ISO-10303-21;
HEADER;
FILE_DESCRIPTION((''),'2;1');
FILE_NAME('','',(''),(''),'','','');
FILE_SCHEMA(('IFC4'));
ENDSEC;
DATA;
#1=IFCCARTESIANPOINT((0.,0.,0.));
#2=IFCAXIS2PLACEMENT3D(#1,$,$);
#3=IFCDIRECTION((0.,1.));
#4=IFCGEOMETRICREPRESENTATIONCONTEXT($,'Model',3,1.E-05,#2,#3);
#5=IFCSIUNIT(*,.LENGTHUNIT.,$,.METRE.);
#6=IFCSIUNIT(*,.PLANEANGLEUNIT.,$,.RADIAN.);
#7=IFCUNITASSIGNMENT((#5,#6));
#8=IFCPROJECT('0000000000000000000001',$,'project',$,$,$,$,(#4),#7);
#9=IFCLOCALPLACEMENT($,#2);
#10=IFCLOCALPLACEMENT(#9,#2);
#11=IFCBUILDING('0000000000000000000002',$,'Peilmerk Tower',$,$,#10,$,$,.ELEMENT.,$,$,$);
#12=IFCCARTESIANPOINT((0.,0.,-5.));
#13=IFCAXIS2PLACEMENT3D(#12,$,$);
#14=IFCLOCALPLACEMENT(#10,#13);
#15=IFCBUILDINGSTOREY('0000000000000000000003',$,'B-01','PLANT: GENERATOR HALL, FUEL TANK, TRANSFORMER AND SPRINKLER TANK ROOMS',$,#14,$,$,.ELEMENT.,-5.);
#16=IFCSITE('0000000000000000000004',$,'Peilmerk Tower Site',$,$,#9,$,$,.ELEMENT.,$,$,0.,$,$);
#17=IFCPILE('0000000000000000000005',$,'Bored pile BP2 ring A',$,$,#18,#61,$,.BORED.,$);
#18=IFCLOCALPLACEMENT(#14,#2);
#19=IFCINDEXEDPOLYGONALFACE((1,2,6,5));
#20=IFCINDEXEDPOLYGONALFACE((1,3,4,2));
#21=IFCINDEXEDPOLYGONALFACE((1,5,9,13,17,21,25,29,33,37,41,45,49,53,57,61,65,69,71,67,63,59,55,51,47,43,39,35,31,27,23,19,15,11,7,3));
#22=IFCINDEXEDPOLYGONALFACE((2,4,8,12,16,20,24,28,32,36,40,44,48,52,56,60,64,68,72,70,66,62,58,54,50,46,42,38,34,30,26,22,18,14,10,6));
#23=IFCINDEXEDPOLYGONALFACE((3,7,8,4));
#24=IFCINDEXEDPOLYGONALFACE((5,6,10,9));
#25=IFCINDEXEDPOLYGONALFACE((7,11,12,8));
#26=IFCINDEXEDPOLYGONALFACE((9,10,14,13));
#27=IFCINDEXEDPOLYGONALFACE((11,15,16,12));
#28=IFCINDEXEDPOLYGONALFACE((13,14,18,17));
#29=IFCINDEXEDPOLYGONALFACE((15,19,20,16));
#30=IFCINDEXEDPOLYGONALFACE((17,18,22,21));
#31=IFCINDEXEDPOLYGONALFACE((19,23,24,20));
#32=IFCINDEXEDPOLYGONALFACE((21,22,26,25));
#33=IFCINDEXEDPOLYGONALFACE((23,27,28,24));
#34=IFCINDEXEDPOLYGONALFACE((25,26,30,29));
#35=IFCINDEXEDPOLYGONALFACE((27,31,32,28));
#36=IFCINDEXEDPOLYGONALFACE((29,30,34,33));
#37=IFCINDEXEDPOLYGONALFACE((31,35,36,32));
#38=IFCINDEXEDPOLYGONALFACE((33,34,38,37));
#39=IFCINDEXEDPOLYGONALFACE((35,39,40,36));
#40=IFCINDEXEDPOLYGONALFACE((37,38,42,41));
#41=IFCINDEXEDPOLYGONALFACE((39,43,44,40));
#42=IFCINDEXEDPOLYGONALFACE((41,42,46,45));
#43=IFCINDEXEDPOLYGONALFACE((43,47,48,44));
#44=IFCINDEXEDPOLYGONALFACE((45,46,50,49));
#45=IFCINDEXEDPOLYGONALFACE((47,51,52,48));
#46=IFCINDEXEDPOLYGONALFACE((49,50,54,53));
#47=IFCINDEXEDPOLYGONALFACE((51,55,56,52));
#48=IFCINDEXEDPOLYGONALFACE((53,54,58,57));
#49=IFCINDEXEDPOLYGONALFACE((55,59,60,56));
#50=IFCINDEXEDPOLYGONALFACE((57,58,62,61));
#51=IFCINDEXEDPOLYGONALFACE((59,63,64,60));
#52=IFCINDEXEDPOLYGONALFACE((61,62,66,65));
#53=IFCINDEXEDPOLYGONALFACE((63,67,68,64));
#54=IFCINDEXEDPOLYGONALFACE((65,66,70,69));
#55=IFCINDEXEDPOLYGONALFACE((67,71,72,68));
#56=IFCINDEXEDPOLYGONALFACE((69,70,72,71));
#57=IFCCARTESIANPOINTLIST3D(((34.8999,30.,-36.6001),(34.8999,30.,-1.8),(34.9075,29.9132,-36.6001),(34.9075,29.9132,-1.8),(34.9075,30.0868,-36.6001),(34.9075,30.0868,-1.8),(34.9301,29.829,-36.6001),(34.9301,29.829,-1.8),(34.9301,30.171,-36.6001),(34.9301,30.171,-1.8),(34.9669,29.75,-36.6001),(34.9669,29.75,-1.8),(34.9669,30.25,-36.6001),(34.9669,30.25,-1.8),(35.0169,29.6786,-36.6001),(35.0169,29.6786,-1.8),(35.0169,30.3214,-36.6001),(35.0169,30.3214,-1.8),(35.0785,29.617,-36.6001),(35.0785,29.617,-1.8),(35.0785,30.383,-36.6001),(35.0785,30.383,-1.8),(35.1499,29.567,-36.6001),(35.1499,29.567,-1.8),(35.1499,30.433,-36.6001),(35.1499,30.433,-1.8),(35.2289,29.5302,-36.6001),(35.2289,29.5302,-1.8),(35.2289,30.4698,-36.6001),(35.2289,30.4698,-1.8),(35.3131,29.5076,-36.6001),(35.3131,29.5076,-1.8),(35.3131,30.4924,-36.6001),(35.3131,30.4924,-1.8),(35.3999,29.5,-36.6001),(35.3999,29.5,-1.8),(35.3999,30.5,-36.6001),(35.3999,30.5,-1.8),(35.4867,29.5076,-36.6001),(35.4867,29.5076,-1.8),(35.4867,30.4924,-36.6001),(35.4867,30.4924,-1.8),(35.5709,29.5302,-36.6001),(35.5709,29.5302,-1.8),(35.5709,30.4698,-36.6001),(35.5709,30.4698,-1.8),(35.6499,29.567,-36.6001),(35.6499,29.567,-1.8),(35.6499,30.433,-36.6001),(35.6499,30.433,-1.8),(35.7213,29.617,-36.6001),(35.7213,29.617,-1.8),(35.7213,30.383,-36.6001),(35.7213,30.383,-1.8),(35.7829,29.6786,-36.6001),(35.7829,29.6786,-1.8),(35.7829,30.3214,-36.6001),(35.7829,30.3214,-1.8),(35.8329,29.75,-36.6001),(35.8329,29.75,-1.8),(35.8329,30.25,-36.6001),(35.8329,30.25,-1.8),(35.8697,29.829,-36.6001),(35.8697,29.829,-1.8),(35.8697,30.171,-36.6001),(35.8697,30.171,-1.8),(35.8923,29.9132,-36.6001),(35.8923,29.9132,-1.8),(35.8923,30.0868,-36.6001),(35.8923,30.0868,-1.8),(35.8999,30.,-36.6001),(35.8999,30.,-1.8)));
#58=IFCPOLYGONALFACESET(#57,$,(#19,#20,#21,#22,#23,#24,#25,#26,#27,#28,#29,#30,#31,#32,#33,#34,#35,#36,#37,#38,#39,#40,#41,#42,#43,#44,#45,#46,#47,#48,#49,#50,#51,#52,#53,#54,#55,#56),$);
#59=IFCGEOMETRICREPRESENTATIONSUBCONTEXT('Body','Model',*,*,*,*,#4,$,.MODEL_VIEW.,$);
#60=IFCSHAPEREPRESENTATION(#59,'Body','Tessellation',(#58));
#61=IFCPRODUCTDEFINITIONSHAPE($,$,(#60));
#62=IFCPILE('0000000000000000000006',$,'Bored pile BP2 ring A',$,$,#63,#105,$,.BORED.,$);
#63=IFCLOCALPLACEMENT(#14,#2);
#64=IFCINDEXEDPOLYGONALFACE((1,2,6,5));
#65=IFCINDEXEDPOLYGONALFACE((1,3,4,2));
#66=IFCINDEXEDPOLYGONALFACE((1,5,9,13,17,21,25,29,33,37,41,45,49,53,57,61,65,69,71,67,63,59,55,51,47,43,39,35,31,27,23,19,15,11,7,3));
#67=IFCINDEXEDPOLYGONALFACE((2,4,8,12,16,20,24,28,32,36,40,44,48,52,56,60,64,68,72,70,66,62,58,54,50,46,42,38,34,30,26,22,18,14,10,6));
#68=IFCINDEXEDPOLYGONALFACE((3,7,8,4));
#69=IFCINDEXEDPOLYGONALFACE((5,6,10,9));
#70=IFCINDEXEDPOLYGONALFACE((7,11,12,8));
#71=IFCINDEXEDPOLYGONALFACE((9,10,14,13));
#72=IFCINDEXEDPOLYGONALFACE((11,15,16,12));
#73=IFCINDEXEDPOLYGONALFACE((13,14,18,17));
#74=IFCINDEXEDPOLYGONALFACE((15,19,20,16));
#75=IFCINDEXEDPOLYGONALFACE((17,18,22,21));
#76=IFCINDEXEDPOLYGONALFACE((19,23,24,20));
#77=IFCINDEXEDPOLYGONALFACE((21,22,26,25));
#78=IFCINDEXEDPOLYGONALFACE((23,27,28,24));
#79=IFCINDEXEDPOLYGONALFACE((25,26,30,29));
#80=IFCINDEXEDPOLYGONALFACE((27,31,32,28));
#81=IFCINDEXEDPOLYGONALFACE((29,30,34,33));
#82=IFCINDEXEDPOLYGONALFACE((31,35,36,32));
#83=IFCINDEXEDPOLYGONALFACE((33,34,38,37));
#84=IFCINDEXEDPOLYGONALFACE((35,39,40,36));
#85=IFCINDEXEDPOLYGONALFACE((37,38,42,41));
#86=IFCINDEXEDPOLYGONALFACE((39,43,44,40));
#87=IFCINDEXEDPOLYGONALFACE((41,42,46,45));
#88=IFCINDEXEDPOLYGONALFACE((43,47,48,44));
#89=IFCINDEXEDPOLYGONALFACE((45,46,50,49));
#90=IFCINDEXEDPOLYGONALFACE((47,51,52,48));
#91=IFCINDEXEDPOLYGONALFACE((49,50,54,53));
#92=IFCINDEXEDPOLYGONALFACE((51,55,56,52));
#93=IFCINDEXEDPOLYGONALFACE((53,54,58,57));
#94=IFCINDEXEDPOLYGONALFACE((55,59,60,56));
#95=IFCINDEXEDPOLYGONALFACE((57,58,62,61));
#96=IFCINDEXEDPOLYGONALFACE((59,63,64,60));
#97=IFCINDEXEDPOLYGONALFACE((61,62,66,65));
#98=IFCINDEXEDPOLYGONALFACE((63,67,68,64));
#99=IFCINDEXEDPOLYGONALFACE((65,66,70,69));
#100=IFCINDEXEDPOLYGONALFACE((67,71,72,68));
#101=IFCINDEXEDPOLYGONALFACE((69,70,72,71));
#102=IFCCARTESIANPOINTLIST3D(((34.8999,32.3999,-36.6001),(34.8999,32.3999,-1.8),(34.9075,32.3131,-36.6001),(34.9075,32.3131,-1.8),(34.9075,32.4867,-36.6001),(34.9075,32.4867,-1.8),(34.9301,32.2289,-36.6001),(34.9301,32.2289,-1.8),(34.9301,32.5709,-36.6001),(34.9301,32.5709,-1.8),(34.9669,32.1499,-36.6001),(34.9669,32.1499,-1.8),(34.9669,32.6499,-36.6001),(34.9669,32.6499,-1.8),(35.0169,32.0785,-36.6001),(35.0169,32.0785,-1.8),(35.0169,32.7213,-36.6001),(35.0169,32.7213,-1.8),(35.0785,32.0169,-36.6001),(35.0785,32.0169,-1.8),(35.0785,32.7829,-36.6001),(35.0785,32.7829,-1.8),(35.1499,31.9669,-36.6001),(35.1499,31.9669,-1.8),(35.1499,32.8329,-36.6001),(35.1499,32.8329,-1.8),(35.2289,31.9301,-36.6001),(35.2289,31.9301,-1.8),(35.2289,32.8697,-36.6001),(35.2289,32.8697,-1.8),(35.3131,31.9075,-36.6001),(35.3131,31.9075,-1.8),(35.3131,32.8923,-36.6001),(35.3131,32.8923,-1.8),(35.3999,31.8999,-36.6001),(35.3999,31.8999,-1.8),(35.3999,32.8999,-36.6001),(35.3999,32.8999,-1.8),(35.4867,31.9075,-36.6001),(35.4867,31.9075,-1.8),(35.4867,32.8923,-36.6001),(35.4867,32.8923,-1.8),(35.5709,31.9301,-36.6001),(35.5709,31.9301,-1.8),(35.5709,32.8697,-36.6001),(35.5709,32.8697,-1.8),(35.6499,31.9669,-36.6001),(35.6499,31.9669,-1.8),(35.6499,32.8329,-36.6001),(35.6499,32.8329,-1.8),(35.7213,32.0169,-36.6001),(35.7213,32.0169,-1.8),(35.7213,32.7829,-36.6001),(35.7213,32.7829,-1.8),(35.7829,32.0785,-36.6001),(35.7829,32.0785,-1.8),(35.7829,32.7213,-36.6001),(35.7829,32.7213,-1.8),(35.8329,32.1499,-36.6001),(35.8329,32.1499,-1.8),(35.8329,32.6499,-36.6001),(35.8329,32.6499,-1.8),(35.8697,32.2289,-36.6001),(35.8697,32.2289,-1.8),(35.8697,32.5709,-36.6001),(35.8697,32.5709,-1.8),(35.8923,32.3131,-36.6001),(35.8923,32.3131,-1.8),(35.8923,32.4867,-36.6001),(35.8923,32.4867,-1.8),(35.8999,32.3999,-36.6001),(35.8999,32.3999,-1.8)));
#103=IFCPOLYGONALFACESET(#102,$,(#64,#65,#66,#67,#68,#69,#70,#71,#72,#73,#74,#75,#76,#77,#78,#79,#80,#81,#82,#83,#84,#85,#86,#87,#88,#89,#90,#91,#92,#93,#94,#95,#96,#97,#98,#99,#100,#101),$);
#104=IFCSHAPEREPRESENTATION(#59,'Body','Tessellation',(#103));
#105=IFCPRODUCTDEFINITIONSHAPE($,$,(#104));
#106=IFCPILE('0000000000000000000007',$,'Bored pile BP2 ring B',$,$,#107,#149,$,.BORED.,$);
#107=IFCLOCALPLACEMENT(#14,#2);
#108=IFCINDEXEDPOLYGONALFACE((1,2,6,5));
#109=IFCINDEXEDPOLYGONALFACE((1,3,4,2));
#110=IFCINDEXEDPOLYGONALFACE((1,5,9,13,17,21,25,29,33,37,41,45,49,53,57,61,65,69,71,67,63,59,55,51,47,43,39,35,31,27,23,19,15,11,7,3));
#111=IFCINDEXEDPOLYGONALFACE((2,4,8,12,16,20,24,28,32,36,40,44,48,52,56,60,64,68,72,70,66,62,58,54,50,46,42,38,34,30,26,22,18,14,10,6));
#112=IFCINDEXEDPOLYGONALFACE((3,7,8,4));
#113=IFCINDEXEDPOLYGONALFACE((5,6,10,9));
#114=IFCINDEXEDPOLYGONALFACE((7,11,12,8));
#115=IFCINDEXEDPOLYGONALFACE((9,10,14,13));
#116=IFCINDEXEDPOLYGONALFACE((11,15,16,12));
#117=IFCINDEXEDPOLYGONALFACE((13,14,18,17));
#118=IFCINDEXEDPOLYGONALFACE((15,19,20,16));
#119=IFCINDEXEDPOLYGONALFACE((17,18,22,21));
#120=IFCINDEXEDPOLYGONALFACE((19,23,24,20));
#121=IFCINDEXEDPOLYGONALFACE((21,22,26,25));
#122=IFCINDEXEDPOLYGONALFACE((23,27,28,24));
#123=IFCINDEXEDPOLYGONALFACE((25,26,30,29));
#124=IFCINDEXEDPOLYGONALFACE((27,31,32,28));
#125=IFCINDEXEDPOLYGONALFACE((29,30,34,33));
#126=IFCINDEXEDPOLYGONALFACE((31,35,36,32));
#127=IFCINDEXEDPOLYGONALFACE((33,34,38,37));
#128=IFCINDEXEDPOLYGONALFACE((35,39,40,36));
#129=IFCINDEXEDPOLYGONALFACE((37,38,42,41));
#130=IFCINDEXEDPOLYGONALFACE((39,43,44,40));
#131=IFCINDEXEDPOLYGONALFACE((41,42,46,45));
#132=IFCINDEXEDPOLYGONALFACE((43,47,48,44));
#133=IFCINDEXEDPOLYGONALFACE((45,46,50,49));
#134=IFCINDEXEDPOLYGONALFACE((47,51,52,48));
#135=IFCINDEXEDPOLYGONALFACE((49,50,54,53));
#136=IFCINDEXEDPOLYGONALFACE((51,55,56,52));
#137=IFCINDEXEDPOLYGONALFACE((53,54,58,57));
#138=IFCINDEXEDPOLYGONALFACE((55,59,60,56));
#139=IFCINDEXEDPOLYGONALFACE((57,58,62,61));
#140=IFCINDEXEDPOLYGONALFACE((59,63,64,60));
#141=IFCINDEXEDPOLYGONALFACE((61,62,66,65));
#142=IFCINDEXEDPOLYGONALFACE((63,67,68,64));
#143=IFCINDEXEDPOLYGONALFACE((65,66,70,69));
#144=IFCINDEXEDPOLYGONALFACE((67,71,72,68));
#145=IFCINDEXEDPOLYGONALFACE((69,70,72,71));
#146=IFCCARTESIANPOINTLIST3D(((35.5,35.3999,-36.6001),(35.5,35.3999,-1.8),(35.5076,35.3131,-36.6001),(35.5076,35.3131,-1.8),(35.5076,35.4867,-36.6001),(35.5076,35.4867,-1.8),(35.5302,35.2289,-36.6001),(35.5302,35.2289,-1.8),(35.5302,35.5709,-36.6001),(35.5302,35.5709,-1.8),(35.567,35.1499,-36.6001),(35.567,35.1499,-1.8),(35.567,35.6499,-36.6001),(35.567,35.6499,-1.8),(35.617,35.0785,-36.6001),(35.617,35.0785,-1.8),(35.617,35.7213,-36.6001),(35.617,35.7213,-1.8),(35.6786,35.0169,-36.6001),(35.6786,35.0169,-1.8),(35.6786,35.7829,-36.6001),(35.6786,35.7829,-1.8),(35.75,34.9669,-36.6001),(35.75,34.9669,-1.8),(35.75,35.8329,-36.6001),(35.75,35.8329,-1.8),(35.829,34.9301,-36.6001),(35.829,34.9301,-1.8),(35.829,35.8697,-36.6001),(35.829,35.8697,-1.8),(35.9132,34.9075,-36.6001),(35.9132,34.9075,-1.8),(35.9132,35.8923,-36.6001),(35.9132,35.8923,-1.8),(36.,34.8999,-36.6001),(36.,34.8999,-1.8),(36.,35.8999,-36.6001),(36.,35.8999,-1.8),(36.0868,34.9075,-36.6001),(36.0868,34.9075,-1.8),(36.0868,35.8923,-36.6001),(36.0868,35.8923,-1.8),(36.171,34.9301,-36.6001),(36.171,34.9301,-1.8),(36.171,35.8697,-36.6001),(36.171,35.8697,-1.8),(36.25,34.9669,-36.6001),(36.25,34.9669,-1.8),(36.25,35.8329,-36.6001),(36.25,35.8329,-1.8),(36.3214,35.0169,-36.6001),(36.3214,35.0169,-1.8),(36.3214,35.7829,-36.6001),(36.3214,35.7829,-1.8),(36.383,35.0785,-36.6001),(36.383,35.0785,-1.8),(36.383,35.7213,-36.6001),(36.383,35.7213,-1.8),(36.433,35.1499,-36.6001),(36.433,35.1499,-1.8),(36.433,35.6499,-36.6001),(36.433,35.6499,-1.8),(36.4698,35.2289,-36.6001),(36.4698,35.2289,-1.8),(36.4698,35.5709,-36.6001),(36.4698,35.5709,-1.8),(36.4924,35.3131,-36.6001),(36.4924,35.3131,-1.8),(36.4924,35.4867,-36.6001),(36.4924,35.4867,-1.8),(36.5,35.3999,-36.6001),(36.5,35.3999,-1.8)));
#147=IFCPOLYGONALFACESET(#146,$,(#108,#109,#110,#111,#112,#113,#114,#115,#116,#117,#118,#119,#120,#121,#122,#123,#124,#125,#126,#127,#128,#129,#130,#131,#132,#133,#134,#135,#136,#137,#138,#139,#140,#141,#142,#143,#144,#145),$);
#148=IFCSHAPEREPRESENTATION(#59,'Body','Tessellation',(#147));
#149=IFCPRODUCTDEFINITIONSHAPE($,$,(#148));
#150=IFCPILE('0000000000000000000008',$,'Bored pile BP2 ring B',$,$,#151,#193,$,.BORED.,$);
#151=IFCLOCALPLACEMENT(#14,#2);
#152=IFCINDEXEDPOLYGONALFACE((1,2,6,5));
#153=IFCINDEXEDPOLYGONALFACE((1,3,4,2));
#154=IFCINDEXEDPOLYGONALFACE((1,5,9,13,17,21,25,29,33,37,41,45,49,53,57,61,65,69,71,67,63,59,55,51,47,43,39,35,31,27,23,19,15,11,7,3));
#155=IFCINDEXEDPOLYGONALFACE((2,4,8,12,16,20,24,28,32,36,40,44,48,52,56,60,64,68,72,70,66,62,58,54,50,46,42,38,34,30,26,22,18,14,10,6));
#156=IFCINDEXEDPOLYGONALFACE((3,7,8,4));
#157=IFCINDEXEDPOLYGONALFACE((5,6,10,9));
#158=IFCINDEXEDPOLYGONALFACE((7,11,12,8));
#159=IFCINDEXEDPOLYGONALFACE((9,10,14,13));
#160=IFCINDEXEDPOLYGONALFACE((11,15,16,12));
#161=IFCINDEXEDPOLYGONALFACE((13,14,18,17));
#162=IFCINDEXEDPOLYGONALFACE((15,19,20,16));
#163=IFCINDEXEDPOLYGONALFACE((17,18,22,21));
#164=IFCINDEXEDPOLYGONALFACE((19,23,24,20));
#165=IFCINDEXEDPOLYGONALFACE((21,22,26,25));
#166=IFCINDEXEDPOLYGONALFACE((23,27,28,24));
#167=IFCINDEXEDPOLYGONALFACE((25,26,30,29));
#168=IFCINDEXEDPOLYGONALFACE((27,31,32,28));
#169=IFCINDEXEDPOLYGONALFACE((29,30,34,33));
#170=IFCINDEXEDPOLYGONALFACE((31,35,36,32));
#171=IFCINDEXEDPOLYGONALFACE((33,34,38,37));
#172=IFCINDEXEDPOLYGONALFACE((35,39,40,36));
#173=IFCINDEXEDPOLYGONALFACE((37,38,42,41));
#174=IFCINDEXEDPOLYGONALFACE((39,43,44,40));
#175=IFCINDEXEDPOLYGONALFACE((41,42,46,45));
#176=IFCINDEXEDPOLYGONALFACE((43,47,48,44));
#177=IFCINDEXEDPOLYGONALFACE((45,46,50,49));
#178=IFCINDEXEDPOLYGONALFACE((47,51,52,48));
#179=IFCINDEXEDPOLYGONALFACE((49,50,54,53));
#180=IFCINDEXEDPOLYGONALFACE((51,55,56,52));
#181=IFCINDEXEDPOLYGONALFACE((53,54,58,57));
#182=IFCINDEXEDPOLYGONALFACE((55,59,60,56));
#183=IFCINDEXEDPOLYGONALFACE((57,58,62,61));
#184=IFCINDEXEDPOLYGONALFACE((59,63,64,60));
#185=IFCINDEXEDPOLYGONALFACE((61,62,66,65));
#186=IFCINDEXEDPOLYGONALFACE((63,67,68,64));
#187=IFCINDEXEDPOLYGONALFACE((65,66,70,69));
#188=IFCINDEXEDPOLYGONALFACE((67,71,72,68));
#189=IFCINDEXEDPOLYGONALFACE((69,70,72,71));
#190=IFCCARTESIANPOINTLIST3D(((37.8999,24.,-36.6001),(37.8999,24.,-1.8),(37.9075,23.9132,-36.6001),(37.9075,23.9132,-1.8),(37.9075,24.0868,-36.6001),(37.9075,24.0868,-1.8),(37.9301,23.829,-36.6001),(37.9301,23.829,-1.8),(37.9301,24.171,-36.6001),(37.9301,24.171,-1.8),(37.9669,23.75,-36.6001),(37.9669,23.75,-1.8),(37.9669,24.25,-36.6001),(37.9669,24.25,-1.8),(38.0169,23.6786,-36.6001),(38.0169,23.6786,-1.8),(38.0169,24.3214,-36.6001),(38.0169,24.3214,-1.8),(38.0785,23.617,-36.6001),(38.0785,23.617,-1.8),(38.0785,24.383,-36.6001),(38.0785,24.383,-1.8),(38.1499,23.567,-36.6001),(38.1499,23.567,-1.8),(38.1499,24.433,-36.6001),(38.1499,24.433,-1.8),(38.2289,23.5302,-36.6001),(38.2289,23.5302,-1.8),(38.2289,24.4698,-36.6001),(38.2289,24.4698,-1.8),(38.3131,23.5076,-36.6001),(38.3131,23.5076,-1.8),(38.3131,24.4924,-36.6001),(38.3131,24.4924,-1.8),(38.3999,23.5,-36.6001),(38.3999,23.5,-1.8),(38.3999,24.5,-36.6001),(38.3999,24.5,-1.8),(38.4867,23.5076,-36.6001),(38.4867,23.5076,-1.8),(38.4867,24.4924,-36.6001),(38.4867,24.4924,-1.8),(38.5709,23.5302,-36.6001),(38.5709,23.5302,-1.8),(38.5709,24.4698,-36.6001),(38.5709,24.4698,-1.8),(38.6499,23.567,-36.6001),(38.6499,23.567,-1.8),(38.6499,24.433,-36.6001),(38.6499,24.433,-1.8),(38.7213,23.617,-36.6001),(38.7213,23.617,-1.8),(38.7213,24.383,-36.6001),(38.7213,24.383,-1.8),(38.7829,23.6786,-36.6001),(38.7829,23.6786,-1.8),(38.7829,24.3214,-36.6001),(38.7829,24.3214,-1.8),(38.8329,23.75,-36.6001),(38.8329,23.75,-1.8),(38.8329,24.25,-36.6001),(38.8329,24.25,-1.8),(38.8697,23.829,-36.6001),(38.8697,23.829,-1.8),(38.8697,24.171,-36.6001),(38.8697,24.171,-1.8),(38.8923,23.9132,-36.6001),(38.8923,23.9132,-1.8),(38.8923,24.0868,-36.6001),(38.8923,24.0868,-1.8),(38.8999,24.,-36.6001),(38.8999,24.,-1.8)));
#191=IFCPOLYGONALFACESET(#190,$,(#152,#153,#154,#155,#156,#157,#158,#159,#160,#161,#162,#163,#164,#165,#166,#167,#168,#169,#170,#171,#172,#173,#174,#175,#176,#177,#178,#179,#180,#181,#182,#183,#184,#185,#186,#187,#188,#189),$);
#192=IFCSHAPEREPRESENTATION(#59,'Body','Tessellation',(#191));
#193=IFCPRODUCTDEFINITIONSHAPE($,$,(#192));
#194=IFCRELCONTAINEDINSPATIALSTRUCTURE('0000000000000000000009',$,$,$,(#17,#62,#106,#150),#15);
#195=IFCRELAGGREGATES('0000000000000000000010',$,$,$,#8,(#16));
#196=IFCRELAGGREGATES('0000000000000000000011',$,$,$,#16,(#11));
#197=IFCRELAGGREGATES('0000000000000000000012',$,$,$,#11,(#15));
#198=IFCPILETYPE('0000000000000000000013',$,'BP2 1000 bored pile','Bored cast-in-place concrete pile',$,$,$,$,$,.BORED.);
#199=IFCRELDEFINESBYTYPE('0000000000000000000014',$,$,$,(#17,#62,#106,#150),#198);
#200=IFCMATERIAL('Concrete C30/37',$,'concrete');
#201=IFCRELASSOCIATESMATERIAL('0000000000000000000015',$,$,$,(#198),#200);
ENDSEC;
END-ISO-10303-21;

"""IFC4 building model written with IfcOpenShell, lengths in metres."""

from ifc_helpers import new_model, si_unit, direction, frame, origin, origin_2d, place, context, subcontext, project, spatial, circle, extrude, material, material_profile, profile_set, type_object, element, save


model = new_model("IFC4")

# Units and contexts
model_context = context("Model", 3, precision=1e-05, world=origin(), true_north=direction((0.0, 1.0)))
body_context = subcontext(model_context, "Body", "Model", "MODEL_VIEW")
ifc_project = project(units=[si_unit("LENGTHUNIT", "METRE"), si_unit("PLANEANGLEUNIT", "RADIAN")], contexts=[model_context])

# Site, building, storey
site_placement = place(None, origin())
site = spatial("IfcSite", under=ifc_project, at=site_placement, Name="Peilmerk Tower Site", CompositionType="ELEMENT", RefElevation=0.0)
building_placement = place(site_placement, origin())
building = spatial("IfcBuilding", under=site, at=building_placement, Name="Peilmerk Tower", CompositionType="ELEMENT")
storey_placement = place(building_placement, frame((0.0, 0.0, -5.0)))
storey = spatial("IfcBuildingStorey", under=building, at=storey_placement, Name="B-01", Description="PLANT: GENERATOR HALL, FUEL TANK, TRANSFORMER AND SPRINKLER TANK ROOMS", CompositionType="ELEMENT", Elevation=-5.0)

# Piles
ifc_material_1 = material(Name="Concrete C30/37", Category="concrete")
ifc_material_profile_1 = material_profile(ifc_material_1, circle(Radius=0.5, at=origin_2d()), Name="BP 1000")
ifc_profile_set_1 = profile_set([ifc_material_profile_1], Name="Concrete C30/37")
pile_type = type_object("IfcPileType", Name="BP2 1000 bored pile", Description="Bored cast-in-place concrete pile", PredefinedType="BORED", material=ifc_profile_set_1)
for number, where, z_axis, x_axis, name in (
    (1, (35.3999, 30.0, -1.8), (0.0, 0.0, -1.0), (1.0, 0.0, 0.0), "Bored pile BP2 ring A"),
    (2, (35.3999, 32.3999, -1.8), (0.0, 0.0, -1.0), (1.0, 0.0, 0.0), "Bored pile BP2 ring A"),
    (3, (36.0, 35.3999, -1.8), (0.0, 0.0, -1.0), (1.0, 0.0, 0.0), "Bored pile BP2 ring B"),
    (4, (38.3999, 24.0, -1.8), (0.0, 0.0, -1.0), (1.0, 0.0, 0.0), "Bored pile BP2 ring B"),
):
    element("IfcPile", number, at=place(storey_placement, frame(where, z_axis=z_axis, x_axis=x_axis)), inside=storey, type_object=pile_type, Name=name, PredefinedType="BORED", context=body_context, shape_type="SweptSolid", body=[
        extrude(circle(Radius=0.5, at=origin_2d()), origin(), (0.0, 0.0, 1.0), 34.8),
    ])

save(model, "model.ifc")
